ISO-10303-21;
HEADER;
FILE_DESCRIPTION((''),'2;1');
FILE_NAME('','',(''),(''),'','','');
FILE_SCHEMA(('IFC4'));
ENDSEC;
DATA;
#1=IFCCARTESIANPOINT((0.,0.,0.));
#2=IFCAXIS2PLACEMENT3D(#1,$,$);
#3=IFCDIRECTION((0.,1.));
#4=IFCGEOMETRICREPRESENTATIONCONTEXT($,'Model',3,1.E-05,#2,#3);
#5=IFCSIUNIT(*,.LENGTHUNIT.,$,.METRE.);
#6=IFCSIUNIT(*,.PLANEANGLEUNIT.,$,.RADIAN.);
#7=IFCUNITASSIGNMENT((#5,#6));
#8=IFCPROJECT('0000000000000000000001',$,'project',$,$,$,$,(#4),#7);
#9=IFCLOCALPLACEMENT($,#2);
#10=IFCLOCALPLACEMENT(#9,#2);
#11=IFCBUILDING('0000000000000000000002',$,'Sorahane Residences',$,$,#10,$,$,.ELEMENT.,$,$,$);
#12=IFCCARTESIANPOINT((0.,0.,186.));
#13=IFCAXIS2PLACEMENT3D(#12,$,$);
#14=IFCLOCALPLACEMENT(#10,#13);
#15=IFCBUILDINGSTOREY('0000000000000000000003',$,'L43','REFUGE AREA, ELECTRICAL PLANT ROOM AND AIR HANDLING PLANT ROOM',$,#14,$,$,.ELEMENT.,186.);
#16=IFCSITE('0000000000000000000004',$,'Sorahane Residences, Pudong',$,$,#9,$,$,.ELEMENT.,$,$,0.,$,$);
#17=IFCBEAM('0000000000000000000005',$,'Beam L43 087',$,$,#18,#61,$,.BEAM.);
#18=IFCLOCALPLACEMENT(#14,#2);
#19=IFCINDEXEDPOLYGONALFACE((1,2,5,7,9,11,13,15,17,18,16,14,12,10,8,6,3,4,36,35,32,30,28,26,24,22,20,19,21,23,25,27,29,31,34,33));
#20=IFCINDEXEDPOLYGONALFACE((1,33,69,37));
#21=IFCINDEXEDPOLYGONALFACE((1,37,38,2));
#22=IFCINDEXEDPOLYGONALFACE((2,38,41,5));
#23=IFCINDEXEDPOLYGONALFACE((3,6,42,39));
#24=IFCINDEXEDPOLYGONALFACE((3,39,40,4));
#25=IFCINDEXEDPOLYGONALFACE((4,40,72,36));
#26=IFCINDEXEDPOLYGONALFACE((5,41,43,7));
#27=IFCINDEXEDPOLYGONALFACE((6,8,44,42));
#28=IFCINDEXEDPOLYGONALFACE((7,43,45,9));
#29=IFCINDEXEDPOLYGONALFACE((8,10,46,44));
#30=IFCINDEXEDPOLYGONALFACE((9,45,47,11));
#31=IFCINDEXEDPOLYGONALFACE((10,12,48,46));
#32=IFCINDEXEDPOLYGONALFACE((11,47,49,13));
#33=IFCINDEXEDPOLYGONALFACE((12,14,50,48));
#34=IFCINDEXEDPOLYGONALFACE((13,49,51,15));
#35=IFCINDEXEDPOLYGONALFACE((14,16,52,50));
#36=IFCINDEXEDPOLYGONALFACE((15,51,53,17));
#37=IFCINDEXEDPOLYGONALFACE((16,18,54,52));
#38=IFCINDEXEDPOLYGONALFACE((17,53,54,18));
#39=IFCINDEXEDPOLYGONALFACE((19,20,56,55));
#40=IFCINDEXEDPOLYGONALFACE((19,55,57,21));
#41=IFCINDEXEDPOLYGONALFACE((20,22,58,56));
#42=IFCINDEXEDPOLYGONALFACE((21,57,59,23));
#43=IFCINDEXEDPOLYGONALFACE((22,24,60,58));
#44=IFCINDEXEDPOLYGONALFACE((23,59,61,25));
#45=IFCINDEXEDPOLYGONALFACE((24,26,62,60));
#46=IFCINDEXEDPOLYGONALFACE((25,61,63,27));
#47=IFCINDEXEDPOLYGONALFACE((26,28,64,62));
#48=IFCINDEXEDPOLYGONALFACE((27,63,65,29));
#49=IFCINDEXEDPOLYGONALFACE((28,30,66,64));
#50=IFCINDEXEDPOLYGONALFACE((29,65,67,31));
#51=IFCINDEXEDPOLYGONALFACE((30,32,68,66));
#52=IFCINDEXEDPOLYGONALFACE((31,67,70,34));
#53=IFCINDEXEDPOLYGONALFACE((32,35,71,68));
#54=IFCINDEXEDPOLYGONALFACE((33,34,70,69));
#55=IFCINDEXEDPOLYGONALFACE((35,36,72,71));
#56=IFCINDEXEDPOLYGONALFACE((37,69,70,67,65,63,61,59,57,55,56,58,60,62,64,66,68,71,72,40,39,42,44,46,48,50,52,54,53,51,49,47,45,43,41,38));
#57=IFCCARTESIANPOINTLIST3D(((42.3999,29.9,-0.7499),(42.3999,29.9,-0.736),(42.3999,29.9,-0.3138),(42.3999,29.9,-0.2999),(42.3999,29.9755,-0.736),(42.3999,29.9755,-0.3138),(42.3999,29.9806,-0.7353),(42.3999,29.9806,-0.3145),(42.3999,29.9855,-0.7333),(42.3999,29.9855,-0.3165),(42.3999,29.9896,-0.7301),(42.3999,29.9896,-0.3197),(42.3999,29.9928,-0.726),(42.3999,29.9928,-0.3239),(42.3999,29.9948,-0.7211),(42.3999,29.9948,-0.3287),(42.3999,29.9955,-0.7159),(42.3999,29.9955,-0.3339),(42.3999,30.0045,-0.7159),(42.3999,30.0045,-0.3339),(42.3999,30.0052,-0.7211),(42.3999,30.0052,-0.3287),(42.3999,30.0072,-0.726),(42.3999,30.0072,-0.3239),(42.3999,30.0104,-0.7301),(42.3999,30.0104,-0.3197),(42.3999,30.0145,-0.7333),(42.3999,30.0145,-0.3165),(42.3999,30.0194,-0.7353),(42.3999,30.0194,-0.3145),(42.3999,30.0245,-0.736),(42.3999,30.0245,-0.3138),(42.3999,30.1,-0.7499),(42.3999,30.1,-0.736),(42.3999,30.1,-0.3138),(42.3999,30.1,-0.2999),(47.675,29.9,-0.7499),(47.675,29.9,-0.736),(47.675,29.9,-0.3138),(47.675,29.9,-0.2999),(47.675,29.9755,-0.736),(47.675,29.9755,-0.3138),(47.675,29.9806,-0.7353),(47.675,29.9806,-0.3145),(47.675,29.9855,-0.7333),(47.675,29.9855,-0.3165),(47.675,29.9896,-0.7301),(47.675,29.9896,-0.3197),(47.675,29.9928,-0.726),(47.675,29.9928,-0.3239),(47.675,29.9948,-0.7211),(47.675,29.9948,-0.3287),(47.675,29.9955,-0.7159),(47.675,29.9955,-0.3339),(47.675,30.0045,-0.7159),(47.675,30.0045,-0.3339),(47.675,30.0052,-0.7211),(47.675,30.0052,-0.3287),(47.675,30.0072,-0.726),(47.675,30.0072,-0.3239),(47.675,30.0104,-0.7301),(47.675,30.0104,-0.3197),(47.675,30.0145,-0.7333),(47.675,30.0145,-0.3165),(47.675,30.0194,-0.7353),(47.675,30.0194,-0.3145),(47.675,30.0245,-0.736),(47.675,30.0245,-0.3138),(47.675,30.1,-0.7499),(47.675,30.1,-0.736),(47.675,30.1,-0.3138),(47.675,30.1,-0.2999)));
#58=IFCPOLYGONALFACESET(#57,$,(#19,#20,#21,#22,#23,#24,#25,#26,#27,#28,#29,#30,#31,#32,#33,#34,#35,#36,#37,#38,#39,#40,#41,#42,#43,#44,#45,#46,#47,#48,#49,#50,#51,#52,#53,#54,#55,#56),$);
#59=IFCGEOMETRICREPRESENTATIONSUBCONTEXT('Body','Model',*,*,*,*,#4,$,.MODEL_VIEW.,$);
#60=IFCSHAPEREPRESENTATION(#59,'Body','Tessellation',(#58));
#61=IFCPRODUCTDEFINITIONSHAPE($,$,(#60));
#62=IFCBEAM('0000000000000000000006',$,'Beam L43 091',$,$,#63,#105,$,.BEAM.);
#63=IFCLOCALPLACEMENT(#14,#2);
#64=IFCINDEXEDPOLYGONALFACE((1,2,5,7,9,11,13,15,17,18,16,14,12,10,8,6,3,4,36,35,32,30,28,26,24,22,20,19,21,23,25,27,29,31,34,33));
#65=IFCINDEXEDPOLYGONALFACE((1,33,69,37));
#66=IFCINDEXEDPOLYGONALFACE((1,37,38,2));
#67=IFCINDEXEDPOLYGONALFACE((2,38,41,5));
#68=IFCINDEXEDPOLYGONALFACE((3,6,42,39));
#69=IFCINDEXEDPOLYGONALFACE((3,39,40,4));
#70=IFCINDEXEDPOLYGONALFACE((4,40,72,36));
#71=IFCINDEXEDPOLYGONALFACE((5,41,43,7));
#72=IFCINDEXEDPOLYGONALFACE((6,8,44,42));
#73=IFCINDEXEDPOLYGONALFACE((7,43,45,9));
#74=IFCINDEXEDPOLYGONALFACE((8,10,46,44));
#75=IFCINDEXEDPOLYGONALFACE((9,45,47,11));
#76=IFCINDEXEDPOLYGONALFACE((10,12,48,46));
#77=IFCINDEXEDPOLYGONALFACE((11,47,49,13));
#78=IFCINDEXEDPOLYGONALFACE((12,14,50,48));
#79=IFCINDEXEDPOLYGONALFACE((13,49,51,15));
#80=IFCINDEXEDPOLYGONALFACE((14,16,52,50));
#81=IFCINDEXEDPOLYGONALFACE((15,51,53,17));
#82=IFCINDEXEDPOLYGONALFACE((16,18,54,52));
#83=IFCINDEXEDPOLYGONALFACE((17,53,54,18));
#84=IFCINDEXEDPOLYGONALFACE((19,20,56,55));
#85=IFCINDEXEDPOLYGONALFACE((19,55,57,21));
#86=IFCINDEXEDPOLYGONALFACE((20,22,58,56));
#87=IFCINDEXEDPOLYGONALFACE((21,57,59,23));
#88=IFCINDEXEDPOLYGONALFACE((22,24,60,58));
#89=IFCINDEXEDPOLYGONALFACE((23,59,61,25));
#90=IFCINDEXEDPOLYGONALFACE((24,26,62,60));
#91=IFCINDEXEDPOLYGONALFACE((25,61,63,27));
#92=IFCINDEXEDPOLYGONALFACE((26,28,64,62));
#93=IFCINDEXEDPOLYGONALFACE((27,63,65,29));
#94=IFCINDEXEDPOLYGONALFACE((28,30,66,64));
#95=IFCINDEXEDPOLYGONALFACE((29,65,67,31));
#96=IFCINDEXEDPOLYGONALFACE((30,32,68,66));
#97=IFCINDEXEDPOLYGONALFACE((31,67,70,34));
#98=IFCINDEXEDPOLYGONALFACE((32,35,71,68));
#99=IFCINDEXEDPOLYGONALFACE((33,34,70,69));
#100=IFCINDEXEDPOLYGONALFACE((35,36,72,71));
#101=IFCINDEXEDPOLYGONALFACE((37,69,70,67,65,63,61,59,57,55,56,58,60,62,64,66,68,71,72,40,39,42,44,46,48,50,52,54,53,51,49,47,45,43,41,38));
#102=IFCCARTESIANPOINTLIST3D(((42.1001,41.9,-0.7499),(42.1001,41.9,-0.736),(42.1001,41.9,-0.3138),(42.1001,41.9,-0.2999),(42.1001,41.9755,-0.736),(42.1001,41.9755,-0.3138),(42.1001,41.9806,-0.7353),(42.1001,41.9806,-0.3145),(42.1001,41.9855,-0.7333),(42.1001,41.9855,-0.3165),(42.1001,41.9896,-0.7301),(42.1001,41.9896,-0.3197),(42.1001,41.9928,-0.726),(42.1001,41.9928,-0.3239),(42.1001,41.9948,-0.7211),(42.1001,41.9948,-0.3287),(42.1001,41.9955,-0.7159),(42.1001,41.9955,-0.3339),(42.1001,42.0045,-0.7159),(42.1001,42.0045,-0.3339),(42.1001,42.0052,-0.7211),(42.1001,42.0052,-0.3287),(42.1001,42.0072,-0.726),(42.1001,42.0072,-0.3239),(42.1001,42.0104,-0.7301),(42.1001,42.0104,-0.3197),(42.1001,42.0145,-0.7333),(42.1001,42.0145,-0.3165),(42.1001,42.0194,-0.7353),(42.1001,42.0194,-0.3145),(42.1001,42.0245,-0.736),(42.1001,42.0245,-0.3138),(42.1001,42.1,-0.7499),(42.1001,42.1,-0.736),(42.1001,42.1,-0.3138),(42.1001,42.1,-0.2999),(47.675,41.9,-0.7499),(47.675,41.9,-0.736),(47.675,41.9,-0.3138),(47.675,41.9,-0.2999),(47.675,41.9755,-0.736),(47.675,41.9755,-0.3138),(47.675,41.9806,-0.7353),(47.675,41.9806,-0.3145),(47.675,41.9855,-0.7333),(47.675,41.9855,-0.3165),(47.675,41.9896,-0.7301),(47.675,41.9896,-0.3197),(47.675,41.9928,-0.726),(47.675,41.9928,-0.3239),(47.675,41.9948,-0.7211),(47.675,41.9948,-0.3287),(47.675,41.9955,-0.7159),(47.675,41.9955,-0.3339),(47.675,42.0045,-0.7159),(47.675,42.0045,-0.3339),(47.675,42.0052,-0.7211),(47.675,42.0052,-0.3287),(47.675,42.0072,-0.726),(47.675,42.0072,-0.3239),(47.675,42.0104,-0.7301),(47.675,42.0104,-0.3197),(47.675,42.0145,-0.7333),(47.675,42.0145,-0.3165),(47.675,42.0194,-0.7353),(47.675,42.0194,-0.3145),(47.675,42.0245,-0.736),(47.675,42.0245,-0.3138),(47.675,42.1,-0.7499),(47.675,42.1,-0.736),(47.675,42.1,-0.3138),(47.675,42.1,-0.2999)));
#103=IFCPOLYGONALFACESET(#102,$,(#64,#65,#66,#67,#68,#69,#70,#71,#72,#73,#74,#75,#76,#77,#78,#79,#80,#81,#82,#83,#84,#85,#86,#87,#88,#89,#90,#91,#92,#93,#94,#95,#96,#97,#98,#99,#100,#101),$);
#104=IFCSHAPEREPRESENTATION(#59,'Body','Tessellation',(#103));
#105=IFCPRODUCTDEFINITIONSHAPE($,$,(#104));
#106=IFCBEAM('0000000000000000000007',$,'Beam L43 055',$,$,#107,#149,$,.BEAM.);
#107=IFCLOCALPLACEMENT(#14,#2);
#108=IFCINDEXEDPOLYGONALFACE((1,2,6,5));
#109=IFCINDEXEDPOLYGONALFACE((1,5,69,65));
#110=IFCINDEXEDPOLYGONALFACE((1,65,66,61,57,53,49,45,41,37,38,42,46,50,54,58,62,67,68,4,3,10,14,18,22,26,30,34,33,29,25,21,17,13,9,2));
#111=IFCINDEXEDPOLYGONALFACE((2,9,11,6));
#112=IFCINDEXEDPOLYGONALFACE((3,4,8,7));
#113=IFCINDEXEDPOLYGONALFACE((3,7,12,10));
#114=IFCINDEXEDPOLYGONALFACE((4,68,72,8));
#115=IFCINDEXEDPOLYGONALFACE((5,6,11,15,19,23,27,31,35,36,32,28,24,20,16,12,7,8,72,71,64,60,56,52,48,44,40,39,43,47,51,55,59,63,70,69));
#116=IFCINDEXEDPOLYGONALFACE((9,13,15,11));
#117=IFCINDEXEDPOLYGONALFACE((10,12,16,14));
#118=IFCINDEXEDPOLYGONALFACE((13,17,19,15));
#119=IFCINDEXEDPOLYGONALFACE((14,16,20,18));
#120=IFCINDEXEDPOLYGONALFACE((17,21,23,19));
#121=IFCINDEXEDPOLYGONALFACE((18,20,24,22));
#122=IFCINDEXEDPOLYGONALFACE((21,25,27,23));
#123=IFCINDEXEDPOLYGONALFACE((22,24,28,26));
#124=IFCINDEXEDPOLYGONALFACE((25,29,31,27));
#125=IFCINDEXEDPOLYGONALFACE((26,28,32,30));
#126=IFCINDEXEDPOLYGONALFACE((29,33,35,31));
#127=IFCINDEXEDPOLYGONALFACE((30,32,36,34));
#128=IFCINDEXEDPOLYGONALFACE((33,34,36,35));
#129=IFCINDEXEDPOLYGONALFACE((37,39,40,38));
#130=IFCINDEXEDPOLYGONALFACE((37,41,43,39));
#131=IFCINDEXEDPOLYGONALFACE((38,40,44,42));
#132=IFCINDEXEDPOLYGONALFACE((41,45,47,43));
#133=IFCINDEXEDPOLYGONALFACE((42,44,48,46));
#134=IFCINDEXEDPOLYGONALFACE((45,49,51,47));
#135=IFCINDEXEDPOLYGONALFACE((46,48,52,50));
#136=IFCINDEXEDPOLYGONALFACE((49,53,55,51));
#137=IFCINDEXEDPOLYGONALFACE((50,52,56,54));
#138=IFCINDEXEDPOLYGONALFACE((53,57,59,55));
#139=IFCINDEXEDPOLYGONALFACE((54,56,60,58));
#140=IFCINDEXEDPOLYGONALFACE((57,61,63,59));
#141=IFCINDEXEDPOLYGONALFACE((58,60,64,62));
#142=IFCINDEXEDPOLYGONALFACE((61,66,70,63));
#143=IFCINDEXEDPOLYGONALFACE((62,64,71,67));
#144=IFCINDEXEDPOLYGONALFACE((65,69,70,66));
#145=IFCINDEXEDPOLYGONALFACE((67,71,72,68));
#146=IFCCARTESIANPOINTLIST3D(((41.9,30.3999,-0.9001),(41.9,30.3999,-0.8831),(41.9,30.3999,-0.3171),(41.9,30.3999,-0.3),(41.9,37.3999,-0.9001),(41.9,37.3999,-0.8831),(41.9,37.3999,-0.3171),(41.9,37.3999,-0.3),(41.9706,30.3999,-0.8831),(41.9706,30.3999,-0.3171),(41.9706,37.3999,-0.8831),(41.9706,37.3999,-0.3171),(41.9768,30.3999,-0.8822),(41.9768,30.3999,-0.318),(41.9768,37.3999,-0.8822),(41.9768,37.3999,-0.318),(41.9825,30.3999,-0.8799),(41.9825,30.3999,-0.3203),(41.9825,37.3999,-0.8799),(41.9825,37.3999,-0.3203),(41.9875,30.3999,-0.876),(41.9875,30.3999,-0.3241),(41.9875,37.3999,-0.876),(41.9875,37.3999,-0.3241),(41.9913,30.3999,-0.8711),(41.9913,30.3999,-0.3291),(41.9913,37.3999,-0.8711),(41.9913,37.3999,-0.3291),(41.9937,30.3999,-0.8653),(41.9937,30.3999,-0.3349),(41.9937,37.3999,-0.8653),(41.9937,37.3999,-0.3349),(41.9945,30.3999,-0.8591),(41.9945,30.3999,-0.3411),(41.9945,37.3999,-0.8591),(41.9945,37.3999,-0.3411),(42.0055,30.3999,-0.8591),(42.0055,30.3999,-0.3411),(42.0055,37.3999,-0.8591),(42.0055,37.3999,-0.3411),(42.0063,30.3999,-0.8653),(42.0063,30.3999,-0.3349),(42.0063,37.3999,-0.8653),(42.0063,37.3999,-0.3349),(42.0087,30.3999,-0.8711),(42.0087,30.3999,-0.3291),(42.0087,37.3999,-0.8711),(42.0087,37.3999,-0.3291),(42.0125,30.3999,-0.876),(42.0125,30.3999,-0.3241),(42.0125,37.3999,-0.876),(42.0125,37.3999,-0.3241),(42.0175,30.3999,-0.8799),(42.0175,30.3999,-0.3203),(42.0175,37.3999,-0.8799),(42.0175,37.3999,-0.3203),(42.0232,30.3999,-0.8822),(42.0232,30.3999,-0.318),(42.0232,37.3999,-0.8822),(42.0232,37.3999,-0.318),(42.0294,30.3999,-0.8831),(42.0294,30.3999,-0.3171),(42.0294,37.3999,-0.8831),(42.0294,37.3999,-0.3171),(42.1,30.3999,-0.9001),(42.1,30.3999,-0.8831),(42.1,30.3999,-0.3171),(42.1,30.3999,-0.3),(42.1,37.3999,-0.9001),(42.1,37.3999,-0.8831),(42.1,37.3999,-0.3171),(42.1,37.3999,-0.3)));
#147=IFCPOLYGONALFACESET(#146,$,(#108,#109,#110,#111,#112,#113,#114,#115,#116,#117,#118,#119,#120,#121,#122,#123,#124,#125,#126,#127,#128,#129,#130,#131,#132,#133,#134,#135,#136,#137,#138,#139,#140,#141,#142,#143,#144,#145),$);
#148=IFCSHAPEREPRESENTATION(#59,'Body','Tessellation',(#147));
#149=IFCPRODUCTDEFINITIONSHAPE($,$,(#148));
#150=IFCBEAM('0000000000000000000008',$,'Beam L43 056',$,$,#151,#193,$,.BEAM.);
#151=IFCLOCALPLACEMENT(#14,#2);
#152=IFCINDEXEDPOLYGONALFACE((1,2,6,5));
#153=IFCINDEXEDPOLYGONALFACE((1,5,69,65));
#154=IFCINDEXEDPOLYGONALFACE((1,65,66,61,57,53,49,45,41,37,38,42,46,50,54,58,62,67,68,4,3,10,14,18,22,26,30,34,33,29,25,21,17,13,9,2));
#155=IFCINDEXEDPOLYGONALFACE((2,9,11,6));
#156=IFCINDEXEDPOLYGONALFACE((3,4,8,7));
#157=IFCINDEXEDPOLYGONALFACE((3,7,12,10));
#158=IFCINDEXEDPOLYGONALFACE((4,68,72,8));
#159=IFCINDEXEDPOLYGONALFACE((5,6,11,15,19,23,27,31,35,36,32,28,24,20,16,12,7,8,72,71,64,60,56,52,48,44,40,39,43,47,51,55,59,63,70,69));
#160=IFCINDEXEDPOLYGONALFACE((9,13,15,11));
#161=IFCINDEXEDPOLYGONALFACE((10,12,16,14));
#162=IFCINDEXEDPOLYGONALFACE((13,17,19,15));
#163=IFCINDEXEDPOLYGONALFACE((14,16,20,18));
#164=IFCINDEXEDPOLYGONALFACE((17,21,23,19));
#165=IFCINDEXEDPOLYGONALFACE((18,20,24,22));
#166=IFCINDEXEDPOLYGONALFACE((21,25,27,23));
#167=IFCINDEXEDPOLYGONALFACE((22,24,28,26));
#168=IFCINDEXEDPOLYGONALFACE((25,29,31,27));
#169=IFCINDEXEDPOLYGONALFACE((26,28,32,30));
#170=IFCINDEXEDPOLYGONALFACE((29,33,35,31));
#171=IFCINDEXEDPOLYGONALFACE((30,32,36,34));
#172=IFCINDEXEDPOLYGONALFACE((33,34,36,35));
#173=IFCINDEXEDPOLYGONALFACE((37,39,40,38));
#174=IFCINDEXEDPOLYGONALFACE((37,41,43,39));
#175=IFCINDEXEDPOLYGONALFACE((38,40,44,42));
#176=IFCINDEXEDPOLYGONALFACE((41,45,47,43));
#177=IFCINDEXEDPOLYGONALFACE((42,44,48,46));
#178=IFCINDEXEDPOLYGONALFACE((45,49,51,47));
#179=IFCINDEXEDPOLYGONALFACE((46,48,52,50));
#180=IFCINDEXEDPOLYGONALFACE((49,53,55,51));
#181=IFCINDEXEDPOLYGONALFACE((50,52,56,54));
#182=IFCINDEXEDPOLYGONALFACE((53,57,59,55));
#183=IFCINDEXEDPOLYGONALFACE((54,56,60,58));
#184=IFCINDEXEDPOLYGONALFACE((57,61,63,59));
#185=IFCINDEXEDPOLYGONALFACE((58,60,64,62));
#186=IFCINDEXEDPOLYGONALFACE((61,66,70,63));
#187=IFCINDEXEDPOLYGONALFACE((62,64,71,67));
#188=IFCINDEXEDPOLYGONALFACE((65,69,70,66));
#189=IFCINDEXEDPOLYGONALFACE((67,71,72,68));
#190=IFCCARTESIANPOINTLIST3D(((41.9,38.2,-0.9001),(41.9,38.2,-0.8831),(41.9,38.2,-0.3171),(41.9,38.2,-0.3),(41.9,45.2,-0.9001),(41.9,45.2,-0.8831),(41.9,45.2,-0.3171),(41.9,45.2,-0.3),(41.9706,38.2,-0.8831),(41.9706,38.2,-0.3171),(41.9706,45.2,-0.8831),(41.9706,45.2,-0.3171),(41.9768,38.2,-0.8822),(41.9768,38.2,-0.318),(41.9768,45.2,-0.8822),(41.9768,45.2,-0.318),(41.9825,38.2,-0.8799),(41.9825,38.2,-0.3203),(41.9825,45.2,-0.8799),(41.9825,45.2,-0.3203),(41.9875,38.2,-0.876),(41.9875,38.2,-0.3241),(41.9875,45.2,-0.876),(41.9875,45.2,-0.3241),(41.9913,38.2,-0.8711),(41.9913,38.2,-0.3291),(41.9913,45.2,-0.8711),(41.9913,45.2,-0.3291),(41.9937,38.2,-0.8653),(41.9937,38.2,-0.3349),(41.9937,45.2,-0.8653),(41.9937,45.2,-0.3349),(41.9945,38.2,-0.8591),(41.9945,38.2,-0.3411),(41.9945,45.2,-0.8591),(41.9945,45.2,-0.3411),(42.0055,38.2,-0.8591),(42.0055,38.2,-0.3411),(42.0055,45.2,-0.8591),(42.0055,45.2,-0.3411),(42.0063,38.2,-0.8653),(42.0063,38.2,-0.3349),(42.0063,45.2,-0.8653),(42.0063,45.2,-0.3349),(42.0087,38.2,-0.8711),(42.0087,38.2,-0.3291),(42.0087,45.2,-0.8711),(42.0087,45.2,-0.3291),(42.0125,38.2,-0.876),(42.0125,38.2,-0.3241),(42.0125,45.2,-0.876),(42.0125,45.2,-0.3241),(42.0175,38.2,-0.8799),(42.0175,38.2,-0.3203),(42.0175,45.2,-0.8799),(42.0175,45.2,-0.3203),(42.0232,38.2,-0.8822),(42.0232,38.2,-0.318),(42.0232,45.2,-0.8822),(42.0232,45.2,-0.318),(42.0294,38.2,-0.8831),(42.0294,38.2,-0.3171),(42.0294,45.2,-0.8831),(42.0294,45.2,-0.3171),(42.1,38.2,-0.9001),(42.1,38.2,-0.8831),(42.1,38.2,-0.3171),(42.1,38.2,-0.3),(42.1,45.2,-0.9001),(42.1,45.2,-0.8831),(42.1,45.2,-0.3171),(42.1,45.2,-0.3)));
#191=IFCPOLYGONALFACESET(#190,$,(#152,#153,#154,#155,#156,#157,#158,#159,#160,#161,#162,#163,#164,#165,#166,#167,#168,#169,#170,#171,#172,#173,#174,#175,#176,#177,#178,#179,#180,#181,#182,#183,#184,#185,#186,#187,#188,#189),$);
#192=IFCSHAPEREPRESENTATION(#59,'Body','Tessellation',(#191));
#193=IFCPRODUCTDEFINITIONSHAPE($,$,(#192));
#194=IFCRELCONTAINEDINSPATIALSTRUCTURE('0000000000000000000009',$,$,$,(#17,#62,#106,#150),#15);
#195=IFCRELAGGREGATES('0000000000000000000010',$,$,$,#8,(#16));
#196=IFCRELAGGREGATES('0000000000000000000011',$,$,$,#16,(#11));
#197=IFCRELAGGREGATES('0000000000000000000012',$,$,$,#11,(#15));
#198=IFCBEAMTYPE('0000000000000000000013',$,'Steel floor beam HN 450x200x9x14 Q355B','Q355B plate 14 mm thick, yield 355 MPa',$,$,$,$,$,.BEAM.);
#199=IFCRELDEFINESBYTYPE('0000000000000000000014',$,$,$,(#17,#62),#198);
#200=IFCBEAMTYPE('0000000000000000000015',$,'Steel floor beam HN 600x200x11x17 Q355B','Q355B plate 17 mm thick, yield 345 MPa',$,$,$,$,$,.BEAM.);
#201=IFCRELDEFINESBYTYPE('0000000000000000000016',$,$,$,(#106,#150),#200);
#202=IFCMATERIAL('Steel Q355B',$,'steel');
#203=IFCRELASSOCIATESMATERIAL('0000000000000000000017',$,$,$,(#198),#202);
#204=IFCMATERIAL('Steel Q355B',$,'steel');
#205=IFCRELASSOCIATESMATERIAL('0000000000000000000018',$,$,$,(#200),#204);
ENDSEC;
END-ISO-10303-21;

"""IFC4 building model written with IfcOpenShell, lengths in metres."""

from ifc_helpers import new_model, si_unit, direction, frame, origin, origin_2d, place, context, subcontext, project, spatial, i_section, extrude, material, material_profile, profile_set, type_object, element, save


model = new_model("IFC4")

# Units and contexts
model_context = context("Model", 3, precision=1e-05, world=origin(), true_north=direction((0.0, 1.0)))
body_context = subcontext(model_context, "Body", "Model", "MODEL_VIEW")
ifc_project = project(units=[si_unit("LENGTHUNIT", "METRE"), si_unit("PLANEANGLEUNIT", "RADIAN")], contexts=[model_context])

# Site, building, storey
site_placement = place(None, origin())
site = spatial("IfcSite", under=ifc_project, at=site_placement, Name="Sorahane Residences, Pudong", CompositionType="ELEMENT", RefElevation=0.0)
building_placement = place(site_placement, origin())
building = spatial("IfcBuilding", under=site, at=building_placement, Name="Sorahane Residences", CompositionType="ELEMENT")
storey_placement = place(building_placement, frame((0.0, 0.0, 186.0)))
storey = spatial("IfcBuildingStorey", under=building, at=storey_placement, Name="L43", Description="REFUGE AREA, ELECTRICAL PLANT ROOM AND AIR HANDLING PLANT ROOM", CompositionType="ELEMENT", Elevation=186.0)

# Beams
ifc_material_1 = material(Name="Steel Q355B", Category="steel")
ifc_material_profile_1 = material_profile(ifc_material_1, i_section(OverallWidth=0.2, OverallDepth=0.45, WebThickness=0.009, FlangeThickness=0.0139, FilletRadius=0.02, at=origin_2d()), Name="HN 450x200x9x14")
ifc_profile_set_1 = profile_set([ifc_material_profile_1], Name="Steel Q355B")
beam_type_1 = type_object("IfcBeamType", Name="Steel floor beam HN 450x200x9x14 Q355B", Description="Q355B plate 14 mm thick, yield 355 MPa", PredefinedType="BEAM", material=ifc_profile_set_1)
beam_1_placement = place(storey_placement, frame((42.3999, 30.0, -0.5249), z_axis=(1.0, 0.0, 0.0), x_axis=(0.0, 1.0, 0.0)))
element("IfcBeam", 1, at=beam_1_placement, inside=storey, type_object=beam_type_1, Name="Beam L43 087", PredefinedType="BEAM", context=body_context, shape_type="SweptSolid", body=[
    extrude(i_section(OverallWidth=0.2, OverallDepth=0.45, WebThickness=0.009, FlangeThickness=0.0139, FilletRadius=0.02, at=origin_2d()), origin(), (0.0, 0.0, 1.0), 5.2751),
])
beam_2_placement = place(storey_placement, frame((42.1001, 42.0, -0.5249), z_axis=(1.0, 0.0, 0.0), x_axis=(0.0, 1.0, 0.0)))
element("IfcBeam", 2, at=beam_2_placement, inside=storey, type_object=beam_type_1, Name="Beam L43 091", PredefinedType="BEAM", context=body_context, shape_type="SweptSolid", body=[
    extrude(i_section(OverallWidth=0.2, OverallDepth=0.45, WebThickness=0.009, FlangeThickness=0.0139, FilletRadius=0.02, at=origin_2d()), origin(), (0.0, 0.0, 1.0), 5.575),
])
ifc_material_2 = material(Name="Steel Q355B", Category="steel")
ifc_material_profile_2 = material_profile(ifc_material_2, i_section(OverallWidth=0.2, OverallDepth=0.6001, WebThickness=0.011, FlangeThickness=0.0171, FilletRadius=0.0239, at=origin_2d()), Name="HN 600x200x11x17")
ifc_profile_set_2 = profile_set([ifc_material_profile_2], Name="Steel Q355B")
beam_type_2 = type_object("IfcBeamType", Name="Steel floor beam HN 600x200x11x17 Q355B", Description="Q355B plate 17 mm thick, yield 345 MPa", PredefinedType="BEAM", material=ifc_profile_set_2)
for number, where, z_axis, x_axis, name in (
    (3, (42.0, 30.3999, -0.6001), (0.0, 1.0, 0.0), (-1.0, 0.0, 0.0), "Beam L43 055"),
    (4, (42.0, 38.2, -0.6001), (0.0, 1.0, 0.0), (-1.0, 0.0, 0.0), "Beam L43 056"),
):
    element("IfcBeam", number, at=place(storey_placement, frame(where, z_axis=z_axis, x_axis=x_axis)), inside=storey, type_object=beam_type_2, Name=name, PredefinedType="BEAM", context=body_context, shape_type="SweptSolid", body=[
        extrude(i_section(OverallWidth=0.2, OverallDepth=0.6001, WebThickness=0.011, FlangeThickness=0.0171, FilletRadius=0.0239, at=origin_2d()), origin(), (0.0, 0.0, 1.0), 7.0),
    ])

save(model, "model.ifc")
